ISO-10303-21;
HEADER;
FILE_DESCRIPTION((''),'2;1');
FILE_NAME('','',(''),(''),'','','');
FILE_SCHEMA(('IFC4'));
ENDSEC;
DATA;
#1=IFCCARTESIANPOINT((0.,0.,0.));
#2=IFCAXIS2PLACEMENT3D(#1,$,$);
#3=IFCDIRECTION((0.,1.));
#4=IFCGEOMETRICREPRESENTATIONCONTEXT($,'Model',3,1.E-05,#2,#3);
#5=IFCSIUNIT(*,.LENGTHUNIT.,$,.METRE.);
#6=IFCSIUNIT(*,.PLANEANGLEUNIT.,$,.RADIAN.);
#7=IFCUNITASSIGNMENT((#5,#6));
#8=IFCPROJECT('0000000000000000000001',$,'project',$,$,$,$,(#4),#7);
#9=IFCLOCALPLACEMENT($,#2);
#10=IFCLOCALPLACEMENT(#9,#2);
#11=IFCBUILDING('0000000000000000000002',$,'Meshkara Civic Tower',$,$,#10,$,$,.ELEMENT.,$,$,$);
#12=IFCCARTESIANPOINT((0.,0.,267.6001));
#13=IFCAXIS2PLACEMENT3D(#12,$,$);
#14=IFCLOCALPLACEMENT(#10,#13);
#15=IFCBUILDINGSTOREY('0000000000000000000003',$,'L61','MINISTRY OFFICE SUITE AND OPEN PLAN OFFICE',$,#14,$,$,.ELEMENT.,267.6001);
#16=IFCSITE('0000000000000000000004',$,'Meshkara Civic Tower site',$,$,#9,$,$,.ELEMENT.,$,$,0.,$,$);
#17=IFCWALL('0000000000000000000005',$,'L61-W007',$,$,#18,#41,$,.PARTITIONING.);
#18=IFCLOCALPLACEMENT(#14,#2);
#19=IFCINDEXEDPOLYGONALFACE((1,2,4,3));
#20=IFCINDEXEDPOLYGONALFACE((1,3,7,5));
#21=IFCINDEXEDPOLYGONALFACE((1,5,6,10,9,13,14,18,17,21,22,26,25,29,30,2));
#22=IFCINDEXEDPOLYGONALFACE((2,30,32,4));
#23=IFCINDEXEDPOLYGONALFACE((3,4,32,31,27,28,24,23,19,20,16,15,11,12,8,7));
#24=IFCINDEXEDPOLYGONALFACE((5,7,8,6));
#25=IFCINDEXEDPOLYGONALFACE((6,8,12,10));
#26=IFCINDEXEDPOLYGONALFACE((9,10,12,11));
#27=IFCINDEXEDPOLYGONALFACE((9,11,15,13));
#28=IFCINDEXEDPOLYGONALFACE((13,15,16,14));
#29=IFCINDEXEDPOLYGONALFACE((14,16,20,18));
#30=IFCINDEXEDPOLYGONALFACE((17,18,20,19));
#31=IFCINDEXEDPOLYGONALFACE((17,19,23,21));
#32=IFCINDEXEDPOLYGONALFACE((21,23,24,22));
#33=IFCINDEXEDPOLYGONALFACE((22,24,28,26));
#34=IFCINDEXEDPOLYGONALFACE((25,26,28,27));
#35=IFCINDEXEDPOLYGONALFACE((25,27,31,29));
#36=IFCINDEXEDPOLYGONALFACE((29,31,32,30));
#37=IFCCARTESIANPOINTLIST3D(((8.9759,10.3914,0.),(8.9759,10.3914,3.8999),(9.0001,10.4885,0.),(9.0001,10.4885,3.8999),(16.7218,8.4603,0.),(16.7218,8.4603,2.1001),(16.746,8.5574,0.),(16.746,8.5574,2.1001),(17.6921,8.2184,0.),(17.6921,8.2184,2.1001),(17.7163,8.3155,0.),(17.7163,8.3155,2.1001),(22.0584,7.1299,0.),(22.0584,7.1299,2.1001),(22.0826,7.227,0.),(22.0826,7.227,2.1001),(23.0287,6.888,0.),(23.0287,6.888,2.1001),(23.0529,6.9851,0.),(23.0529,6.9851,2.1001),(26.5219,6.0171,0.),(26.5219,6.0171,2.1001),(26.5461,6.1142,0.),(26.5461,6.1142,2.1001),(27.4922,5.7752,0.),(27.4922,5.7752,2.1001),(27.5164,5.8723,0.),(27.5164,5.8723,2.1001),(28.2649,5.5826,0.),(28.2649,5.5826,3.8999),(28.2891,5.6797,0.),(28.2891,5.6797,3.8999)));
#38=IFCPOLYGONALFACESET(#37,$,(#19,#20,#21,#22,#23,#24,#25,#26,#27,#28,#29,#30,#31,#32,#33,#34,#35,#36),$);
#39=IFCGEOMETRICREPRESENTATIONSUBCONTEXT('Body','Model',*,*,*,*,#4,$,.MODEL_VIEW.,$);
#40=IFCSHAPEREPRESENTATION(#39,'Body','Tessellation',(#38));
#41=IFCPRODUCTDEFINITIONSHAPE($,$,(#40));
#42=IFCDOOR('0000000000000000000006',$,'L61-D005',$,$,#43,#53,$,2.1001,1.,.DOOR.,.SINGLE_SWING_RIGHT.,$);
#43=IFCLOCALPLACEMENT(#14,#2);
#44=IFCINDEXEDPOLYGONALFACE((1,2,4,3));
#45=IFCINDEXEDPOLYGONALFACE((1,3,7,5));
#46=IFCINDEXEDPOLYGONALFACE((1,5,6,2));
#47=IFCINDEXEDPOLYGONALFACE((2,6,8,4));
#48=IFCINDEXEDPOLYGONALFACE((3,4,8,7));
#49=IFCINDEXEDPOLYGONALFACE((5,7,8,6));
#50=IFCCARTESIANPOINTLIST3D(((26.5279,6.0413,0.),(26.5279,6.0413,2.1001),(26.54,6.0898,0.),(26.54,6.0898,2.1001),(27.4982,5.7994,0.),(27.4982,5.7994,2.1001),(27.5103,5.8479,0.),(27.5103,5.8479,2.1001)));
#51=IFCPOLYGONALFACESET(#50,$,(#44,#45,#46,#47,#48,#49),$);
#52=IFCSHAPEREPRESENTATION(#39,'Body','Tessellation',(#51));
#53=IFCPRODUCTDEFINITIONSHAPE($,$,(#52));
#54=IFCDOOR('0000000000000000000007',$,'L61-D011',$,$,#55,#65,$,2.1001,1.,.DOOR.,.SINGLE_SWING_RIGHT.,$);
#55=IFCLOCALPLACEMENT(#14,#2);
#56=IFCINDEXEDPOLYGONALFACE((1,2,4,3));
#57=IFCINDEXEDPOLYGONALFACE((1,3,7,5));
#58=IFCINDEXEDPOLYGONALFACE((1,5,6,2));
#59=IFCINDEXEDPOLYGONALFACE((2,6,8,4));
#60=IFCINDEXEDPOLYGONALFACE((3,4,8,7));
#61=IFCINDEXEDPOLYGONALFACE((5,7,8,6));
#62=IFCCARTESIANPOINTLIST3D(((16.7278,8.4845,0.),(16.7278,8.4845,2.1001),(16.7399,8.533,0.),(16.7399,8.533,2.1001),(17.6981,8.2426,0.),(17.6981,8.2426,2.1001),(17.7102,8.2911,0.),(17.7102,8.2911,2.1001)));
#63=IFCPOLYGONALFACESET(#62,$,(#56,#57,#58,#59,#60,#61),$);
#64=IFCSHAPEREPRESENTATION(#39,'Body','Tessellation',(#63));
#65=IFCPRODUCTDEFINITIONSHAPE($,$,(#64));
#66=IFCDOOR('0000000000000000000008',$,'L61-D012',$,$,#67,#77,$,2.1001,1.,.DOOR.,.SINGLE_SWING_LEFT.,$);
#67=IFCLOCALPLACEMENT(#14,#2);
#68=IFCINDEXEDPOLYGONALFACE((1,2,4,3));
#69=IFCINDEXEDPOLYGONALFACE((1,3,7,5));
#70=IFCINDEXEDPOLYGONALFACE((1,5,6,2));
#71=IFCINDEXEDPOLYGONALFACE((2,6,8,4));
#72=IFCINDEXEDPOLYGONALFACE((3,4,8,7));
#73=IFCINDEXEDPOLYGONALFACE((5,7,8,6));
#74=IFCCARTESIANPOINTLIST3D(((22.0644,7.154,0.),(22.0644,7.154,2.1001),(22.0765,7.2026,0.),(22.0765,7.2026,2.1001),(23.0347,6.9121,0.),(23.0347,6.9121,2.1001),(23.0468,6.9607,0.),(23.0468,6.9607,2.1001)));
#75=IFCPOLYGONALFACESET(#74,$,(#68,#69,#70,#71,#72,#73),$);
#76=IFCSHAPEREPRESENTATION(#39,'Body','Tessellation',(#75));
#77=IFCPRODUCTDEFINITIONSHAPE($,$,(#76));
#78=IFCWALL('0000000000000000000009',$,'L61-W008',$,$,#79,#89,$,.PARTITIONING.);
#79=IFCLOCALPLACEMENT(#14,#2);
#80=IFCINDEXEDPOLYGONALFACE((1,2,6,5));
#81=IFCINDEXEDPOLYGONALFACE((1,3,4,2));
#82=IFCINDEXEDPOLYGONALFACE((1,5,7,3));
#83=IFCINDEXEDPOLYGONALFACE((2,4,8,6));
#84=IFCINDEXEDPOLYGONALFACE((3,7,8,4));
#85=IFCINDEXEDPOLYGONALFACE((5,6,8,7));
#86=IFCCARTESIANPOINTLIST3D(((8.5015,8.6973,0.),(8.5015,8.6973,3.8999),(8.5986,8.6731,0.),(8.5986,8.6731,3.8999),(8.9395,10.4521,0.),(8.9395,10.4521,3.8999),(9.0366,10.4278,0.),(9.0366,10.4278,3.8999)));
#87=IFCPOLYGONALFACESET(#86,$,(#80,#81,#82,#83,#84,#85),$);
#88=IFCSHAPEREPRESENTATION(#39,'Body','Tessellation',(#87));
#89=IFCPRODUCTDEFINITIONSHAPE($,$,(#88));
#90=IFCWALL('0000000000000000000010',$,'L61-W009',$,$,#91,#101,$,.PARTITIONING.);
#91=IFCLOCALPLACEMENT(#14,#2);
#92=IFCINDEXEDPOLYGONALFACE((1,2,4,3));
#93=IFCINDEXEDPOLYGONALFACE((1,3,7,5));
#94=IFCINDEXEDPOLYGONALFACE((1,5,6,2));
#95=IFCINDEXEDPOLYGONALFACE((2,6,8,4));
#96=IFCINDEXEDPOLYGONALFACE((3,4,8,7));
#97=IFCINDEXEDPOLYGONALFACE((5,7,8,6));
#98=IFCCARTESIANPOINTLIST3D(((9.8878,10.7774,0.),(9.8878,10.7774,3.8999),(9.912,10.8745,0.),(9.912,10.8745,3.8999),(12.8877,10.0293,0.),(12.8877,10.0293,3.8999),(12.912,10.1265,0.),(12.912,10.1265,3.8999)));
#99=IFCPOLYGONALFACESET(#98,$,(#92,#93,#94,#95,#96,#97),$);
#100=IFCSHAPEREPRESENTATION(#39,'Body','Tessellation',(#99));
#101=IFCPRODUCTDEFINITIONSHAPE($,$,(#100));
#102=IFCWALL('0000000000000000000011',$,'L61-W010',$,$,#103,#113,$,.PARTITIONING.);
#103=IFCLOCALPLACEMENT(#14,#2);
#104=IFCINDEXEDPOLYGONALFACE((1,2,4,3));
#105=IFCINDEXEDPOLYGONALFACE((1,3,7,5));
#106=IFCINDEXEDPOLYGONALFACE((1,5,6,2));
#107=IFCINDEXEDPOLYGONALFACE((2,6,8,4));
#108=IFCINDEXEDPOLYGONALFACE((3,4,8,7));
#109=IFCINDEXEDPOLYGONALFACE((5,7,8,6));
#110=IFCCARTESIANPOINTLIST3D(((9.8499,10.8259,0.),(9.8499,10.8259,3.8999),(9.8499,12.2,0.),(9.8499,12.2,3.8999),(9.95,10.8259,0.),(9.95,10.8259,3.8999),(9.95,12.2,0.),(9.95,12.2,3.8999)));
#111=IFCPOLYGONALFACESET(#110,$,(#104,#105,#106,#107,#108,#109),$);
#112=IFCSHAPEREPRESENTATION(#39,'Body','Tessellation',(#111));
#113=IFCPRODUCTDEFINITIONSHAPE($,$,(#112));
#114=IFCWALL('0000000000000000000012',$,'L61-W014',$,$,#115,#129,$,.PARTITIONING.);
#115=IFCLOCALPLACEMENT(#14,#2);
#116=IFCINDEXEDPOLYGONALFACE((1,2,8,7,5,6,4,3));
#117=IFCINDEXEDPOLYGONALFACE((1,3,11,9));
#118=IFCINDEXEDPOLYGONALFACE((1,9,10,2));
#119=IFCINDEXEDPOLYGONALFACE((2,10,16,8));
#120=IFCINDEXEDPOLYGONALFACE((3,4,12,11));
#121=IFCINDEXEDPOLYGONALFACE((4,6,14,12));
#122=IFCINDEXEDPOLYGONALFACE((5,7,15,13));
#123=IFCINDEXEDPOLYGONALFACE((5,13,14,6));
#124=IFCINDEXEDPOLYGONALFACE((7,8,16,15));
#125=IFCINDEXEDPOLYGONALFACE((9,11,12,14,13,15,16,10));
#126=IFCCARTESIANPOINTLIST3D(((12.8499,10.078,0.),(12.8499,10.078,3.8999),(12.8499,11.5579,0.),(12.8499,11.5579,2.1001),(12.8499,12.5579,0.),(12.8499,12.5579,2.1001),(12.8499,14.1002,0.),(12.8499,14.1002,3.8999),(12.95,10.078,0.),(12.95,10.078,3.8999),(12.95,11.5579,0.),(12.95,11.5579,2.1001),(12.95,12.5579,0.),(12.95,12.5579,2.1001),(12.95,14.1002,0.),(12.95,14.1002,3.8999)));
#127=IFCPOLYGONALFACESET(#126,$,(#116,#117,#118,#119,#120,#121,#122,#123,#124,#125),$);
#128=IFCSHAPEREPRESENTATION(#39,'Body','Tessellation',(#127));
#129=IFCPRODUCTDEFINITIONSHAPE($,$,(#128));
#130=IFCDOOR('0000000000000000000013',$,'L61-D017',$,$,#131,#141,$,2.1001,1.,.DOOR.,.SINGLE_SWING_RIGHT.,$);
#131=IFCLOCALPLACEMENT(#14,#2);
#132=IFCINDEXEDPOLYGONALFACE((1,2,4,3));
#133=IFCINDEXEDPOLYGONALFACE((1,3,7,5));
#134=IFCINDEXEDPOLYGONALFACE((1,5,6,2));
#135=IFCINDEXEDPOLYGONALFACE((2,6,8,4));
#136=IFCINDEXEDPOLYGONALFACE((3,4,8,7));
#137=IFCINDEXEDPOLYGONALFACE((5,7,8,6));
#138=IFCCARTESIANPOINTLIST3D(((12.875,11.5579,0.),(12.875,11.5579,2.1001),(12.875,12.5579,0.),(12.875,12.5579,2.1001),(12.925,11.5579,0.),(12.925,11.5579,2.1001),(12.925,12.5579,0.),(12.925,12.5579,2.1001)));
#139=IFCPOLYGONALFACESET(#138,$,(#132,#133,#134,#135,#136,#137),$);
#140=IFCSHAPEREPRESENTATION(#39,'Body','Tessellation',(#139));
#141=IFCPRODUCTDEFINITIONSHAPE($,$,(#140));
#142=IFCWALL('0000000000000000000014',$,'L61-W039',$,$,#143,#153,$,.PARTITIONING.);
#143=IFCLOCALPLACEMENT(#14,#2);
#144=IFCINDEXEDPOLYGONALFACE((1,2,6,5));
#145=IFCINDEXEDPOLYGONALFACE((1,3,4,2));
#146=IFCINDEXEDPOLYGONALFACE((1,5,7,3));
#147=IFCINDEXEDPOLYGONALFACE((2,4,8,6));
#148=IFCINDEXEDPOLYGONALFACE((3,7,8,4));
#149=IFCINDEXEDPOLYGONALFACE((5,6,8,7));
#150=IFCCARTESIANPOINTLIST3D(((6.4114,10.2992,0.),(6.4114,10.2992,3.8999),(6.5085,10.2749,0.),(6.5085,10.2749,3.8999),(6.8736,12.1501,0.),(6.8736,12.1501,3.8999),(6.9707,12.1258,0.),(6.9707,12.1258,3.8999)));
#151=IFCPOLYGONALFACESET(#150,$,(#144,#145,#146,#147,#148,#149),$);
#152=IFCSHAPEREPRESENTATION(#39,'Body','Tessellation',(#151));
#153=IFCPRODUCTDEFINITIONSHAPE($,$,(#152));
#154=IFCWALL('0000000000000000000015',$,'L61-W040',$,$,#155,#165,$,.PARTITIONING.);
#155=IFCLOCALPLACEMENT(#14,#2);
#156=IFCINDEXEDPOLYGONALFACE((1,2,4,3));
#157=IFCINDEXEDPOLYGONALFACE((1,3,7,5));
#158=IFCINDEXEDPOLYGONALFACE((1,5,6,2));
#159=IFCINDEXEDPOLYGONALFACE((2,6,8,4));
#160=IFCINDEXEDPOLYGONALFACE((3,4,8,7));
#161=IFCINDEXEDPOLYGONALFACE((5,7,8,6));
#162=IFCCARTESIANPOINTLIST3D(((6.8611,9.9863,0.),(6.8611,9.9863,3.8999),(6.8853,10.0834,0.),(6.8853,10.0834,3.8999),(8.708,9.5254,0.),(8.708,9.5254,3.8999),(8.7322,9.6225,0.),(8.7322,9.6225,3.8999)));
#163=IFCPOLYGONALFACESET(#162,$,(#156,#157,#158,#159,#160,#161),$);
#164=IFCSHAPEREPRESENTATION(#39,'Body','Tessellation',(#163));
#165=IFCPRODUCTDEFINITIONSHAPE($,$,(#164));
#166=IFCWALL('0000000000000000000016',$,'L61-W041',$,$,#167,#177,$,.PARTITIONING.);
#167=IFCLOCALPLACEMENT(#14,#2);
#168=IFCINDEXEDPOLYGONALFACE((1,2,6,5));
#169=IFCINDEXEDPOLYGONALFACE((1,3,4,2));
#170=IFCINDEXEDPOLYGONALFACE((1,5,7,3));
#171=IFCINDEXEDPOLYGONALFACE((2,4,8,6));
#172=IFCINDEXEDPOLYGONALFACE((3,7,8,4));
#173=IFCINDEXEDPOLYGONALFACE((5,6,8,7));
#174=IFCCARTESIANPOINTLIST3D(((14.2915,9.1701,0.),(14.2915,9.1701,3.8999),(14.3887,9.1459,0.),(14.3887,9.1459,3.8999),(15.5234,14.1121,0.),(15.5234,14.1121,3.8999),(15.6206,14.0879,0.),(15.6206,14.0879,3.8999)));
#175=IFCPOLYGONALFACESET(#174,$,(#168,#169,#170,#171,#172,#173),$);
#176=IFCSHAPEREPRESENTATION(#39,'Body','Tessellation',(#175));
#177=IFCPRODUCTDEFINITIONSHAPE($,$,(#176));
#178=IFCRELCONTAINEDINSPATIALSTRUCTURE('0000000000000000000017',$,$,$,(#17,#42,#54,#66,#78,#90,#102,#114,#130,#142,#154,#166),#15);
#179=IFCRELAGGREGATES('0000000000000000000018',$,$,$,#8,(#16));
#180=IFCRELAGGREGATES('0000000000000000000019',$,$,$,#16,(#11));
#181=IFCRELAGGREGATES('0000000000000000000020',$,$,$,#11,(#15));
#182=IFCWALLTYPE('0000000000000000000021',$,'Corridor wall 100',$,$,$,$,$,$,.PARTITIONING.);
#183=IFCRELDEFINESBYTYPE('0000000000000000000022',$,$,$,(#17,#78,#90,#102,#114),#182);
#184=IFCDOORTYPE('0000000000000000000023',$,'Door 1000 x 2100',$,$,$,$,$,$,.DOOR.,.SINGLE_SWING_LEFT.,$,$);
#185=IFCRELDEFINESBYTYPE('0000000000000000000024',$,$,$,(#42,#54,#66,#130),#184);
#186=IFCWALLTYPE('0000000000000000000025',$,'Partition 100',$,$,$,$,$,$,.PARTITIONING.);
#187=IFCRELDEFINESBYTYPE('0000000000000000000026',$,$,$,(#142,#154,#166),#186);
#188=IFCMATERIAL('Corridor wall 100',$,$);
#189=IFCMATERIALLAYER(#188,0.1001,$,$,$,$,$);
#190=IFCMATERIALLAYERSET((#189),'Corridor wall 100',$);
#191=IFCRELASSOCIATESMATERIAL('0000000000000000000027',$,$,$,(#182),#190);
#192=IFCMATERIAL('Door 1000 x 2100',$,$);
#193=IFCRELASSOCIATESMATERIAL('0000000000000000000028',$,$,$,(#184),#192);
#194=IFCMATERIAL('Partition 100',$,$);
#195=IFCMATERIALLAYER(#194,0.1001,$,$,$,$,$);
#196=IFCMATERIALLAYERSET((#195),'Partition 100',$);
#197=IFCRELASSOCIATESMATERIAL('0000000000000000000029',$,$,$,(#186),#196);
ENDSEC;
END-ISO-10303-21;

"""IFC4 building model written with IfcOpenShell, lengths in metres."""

from ifc_helpers import new_model, si_unit, direction, frame, frame_2d, origin, place, context, subcontext, project, spatial, rectangle, extrude, material, layer, layer_set, type_object, element, fill, save


model = new_model("IFC4")

# Units and contexts
model_context = context("Model", 3, precision=1e-05, world=origin(), true_north=direction((0.0, 1.0)))
body_context = subcontext(model_context, "Body", "Model", "MODEL_VIEW")
ifc_project = project(units=[si_unit("LENGTHUNIT", "METRE"), si_unit("PLANEANGLEUNIT", "RADIAN")], contexts=[model_context])

# Site, building, storey
site_placement = place(None, origin())
site = spatial("IfcSite", under=ifc_project, at=site_placement, Name="Meshkara Civic Tower site", CompositionType="ELEMENT", RefElevation=0.0)
building_placement = place(site_placement, origin())
building = spatial("IfcBuilding", under=site, at=building_placement, Name="Meshkara Civic Tower", CompositionType="ELEMENT")
storey_placement = place(building_placement, frame((0.0, 0.0, 267.6001)))
storey = spatial("IfcBuildingStorey", under=building, at=storey_placement, Name="L61", Description="MINISTRY OFFICE SUITE AND OPEN PLAN OFFICE", CompositionType="ELEMENT", Elevation=267.6001)

# Wall, openings, doors
ifc_material_1 = material(Name="Corridor wall 100")
ifc_layer_1 = layer(ifc_material_1, 0.1001)
ifc_layer_set_1 = layer_set([ifc_layer_1], Name="Corridor wall 100")
wall_type_1 = type_object("IfcWallType", Name="Corridor wall 100", PredefinedType="PARTITIONING", material=ifc_layer_set_1)
ifc_material_2 = material(Name="Door 1000 x 2100")
door_type_1 = type_object("IfcDoorType", Name="Door 1000 x 2100", OperationType="SINGLE_SWING_LEFT", PredefinedType="DOOR", material=ifc_material_2)
wall_1_placement = place(storey_placement, frame((8.988, 10.4399, 0.0), z_axis=(0.0, 0.0, 1.0), x_axis=(0.970301, -0.2419, 0.0)))
wall_1 = element("IfcWall", 1, at=wall_1_placement, inside=storey, type_object=wall_type_1, Name="L61-W007", PredefinedType="PARTITIONING", context=body_context, shape_type="SweptSolid", body=[
    extrude(rectangle(XDim=19.8794, YDim=0.1001, at=frame_2d((9.9397, 0.0))), origin(), (0.0, 0.0, 1.0), 3.8999),
])
opening_1_placement = place(wall_1_placement, frame((18.083, 0.0, 0.0)))
opening_1 = element("IfcOpeningElement", 2, at=opening_1_placement, cuts=wall_1, PredefinedType="OPENING", context=body_context, shape_type="SweptSolid", body=[
    extrude(rectangle(XDim=1.0, YDim=2.1001, at=frame_2d((0.5, 1.05))), frame((0.0, 0.0601, 0.0), z_axis=(0.0, -1.0, 0.0), x_axis=(1.0, 0.0, 0.0)), (0.0, 0.0, 1.0), 0.1201),
])
opening_2_placement = place(wall_1_placement, frame((7.9829, 0.0, 0.0)))
opening_2 = element("IfcOpeningElement", 3, at=opening_2_placement, cuts=wall_1, PredefinedType="OPENING", context=body_context, shape_type="SweptSolid", body=[
    extrude(rectangle(XDim=1.0, YDim=2.1001, at=frame_2d((0.5, 1.05))), frame((0.0, 0.0601, 0.0), z_axis=(0.0, -1.0, 0.0), x_axis=(1.0, 0.0, 0.0)), (0.0, 0.0, 1.0), 0.1201),
])
opening_3_placement = place(wall_1_placement, frame((13.4829, 0.0, 0.0)))
opening_3 = element("IfcOpeningElement", 4, at=opening_3_placement, cuts=wall_1, PredefinedType="OPENING", context=body_context, shape_type="SweptSolid", body=[
    extrude(rectangle(XDim=1.0, YDim=2.1001, at=frame_2d((0.5, 1.05))), frame((0.0, 0.0601, 0.0), z_axis=(0.0, -1.0, 0.0), x_axis=(1.0, 0.0, 0.0)), (0.0, 0.0, 1.0), 0.1201),
])
door_1_placement = place(opening_1_placement, origin())
door_1 = element("IfcDoor", 5, at=door_1_placement, inside=storey, type_object=door_type_1, Name="L61-D005", OperationType="SINGLE_SWING_RIGHT", OverallHeight=2.1001, OverallWidth=1.0, PredefinedType="DOOR", context=body_context, shape_type="SweptSolid", body=[
    extrude(rectangle(XDim=1.0, YDim=2.1001, at=frame_2d((0.5, 1.05))), frame((0.0, 0.0249, 0.0), z_axis=(0.0, -1.0, 0.0), x_axis=(1.0, 0.0, 0.0)), (0.0, 0.0, 1.0), 0.05),
])
fill(opening_1, door_1)
door_2_placement = place(opening_2_placement, origin())
door_2 = element("IfcDoor", 6, at=door_2_placement, inside=storey, type_object=door_type_1, Name="L61-D011", OperationType="SINGLE_SWING_RIGHT", OverallHeight=2.1001, OverallWidth=1.0, PredefinedType="DOOR", context=body_context, shape_type="SweptSolid", body=[
    extrude(rectangle(XDim=1.0, YDim=2.1001, at=frame_2d((0.5, 1.05))), frame((0.0, 0.0249, 0.0), z_axis=(0.0, -1.0, 0.0), x_axis=(1.0, 0.0, 0.0)), (0.0, 0.0, 1.0), 0.05),
])
fill(opening_2, door_2)
door_3_placement = place(opening_3_placement, origin())
door_3 = element("IfcDoor", 7, at=door_3_placement, inside=storey, type_object=door_type_1, Name="L61-D012", OperationType="SINGLE_SWING_LEFT", OverallHeight=2.1001, OverallWidth=1.0, PredefinedType="DOOR", context=body_context, shape_type="SweptSolid", body=[
    extrude(rectangle(XDim=1.0, YDim=2.1001, at=frame_2d((0.5, 1.05))), frame((0.0, 0.0249, 0.0), z_axis=(0.0, -1.0, 0.0), x_axis=(1.0, 0.0, 0.0)), (0.0, 0.0, 1.0), 0.05),
])
fill(opening_3, door_3)

# Walls
wall_2_placement = place(storey_placement, frame((8.988, 10.4399, 0.0), z_axis=(0.0, 0.0, 1.0), x_axis=(-0.242154, -0.970238, 0.0)))
element("IfcWall", 8, at=wall_2_placement, inside=storey, type_object=wall_type_1, Name="L61-W008", PredefinedType="PARTITIONING", context=body_context, shape_type="SweptSolid", body=[
    extrude(rectangle(XDim=1.8086, YDim=0.1001, at=frame_2d((0.9043, 0.0))), origin(), (0.0, 0.0, 1.0), 3.8999),
])
wall_3_placement = place(storey_placement, frame((9.8999, 10.8259, 0.0), z_axis=(0.0, 0.0, 1.0), x_axis=(0.970291, -0.241941, 0.0)))
element("IfcWall", 9, at=wall_3_placement, inside=storey, type_object=wall_type_1, Name="L61-W009", PredefinedType="PARTITIONING", context=body_context, shape_type="SweptSolid", body=[
    extrude(rectangle(XDim=3.0918, YDim=0.1001, at=frame_2d((1.5459, 0.0))), origin(), (0.0, 0.0, 1.0), 3.8999),
])
wall_4_placement = place(storey_placement, frame((9.8999, 12.2, 0.0), z_axis=(0.0, 0.0, 1.0), x_axis=(0.0, -1.0, 0.0)))
element("IfcWall", 10, at=wall_4_placement, inside=storey, type_object=wall_type_1, Name="L61-W010", PredefinedType="PARTITIONING", context=body_context, shape_type="SweptSolid", body=[
    extrude(rectangle(XDim=1.374, YDim=0.1001, at=frame_2d((0.687, 0.0))), origin(), (0.0, 0.0, 1.0), 3.8999),
])

# Wall, opening, door
wall_5_placement = place(storey_placement, frame((12.8999, 10.0779, 0.0), z_axis=(0.0, 0.0, 1.0), x_axis=(0.0, 1.0, 0.0)))
wall_5 = element("IfcWall", 11, at=wall_5_placement, inside=storey, type_object=wall_type_1, Name="L61-W014", PredefinedType="PARTITIONING", context=body_context, shape_type="SweptSolid", body=[
    extrude(rectangle(XDim=4.0222, YDim=0.1001, at=frame_2d((2.0112, 0.0))), origin(), (0.0, 0.0, 1.0), 3.8999),
])
opening_4_placement = place(wall_5_placement, frame((1.48, 0.0, 0.0)))
opening_4 = element("IfcOpeningElement", 12, at=opening_4_placement, cuts=wall_5, PredefinedType="OPENING", context=body_context, shape_type="SweptSolid", body=[
    extrude(rectangle(XDim=1.0, YDim=2.1001, at=frame_2d((0.5, 1.05))), frame((0.0, 0.0601, 0.0), z_axis=(0.0, -1.0, 0.0), x_axis=(1.0, 0.0, 0.0)), (0.0, 0.0, 1.0), 0.1201),
])
door_4_placement = place(opening_4_placement, origin())
door_4 = element("IfcDoor", 13, at=door_4_placement, inside=storey, type_object=door_type_1, Name="L61-D017", OperationType="SINGLE_SWING_RIGHT", OverallHeight=2.1001, OverallWidth=1.0, PredefinedType="DOOR", context=body_context, shape_type="SweptSolid", body=[
    extrude(rectangle(XDim=1.0, YDim=2.1001, at=frame_2d((0.5, 1.05))), frame((0.0, 0.0249, 0.0), z_axis=(0.0, -1.0, 0.0), x_axis=(1.0, 0.0, 0.0)), (0.0, 0.0, 1.0), 0.05),
])
fill(opening_4, door_4)

# Walls
ifc_material_3 = material(Name="Partition 100")
ifc_layer_2 = layer(ifc_material_3, 0.1001)
ifc_layer_set_2 = layer_set([ifc_layer_2], Name="Partition 100")
wall_type_2 = type_object("IfcWallType", Name="Partition 100", PredefinedType="PARTITIONING", material=ifc_layer_set_2)
wall_6_placement = place(storey_placement, frame((6.9221, 12.1379, 0.0), z_axis=(0.0, 0.0, 1.0), x_axis=(-0.242265, -0.97021, 0.0)))
element("IfcWall", 14, at=wall_6_placement, inside=storey, type_object=wall_type_2, Name="L61-W039", PredefinedType="PARTITIONING", context=body_context, shape_type="SweptSolid", body=[
    extrude(rectangle(XDim=1.9077, YDim=0.1001, at=frame_2d((0.9539, 0.0))), origin(), (0.0, 0.0, 1.0), 3.8999),
])
wall_7_placement = place(storey_placement, frame((8.72, 9.574, 0.0), z_axis=(0.0, 0.0, 1.0), x_axis=(-0.97024, 0.242143, 0.0)))
element("IfcWall", 15, at=wall_7_placement, inside=storey, type_object=wall_type_2, Name="L61-W040", PredefinedType="PARTITIONING", context=body_context, shape_type="SweptSolid", body=[
    extrude(rectangle(XDim=1.9036, YDim=0.1001, at=frame_2d((0.9517, 0.0))), origin(), (0.0, 0.0, 1.0), 3.8999),
])
wall_8_placement = place(storey_placement, frame((14.3401, 9.158, 0.0), z_axis=(0.0, 0.0, 1.0), x_axis=(0.24187, 0.970309, 0.0)))
element("IfcWall", 16, at=wall_8_placement, inside=storey, type_object=wall_type_2, Name="L61-W041", PredefinedType="PARTITIONING", context=body_context, shape_type="SweptSolid", body=[
    extrude(rectangle(XDim=5.0933, YDim=0.1001, at=frame_2d((2.5466, 0.0))), origin(), (0.0, 0.0, 1.0), 3.8999),
])

save(model, "model.ifc")
